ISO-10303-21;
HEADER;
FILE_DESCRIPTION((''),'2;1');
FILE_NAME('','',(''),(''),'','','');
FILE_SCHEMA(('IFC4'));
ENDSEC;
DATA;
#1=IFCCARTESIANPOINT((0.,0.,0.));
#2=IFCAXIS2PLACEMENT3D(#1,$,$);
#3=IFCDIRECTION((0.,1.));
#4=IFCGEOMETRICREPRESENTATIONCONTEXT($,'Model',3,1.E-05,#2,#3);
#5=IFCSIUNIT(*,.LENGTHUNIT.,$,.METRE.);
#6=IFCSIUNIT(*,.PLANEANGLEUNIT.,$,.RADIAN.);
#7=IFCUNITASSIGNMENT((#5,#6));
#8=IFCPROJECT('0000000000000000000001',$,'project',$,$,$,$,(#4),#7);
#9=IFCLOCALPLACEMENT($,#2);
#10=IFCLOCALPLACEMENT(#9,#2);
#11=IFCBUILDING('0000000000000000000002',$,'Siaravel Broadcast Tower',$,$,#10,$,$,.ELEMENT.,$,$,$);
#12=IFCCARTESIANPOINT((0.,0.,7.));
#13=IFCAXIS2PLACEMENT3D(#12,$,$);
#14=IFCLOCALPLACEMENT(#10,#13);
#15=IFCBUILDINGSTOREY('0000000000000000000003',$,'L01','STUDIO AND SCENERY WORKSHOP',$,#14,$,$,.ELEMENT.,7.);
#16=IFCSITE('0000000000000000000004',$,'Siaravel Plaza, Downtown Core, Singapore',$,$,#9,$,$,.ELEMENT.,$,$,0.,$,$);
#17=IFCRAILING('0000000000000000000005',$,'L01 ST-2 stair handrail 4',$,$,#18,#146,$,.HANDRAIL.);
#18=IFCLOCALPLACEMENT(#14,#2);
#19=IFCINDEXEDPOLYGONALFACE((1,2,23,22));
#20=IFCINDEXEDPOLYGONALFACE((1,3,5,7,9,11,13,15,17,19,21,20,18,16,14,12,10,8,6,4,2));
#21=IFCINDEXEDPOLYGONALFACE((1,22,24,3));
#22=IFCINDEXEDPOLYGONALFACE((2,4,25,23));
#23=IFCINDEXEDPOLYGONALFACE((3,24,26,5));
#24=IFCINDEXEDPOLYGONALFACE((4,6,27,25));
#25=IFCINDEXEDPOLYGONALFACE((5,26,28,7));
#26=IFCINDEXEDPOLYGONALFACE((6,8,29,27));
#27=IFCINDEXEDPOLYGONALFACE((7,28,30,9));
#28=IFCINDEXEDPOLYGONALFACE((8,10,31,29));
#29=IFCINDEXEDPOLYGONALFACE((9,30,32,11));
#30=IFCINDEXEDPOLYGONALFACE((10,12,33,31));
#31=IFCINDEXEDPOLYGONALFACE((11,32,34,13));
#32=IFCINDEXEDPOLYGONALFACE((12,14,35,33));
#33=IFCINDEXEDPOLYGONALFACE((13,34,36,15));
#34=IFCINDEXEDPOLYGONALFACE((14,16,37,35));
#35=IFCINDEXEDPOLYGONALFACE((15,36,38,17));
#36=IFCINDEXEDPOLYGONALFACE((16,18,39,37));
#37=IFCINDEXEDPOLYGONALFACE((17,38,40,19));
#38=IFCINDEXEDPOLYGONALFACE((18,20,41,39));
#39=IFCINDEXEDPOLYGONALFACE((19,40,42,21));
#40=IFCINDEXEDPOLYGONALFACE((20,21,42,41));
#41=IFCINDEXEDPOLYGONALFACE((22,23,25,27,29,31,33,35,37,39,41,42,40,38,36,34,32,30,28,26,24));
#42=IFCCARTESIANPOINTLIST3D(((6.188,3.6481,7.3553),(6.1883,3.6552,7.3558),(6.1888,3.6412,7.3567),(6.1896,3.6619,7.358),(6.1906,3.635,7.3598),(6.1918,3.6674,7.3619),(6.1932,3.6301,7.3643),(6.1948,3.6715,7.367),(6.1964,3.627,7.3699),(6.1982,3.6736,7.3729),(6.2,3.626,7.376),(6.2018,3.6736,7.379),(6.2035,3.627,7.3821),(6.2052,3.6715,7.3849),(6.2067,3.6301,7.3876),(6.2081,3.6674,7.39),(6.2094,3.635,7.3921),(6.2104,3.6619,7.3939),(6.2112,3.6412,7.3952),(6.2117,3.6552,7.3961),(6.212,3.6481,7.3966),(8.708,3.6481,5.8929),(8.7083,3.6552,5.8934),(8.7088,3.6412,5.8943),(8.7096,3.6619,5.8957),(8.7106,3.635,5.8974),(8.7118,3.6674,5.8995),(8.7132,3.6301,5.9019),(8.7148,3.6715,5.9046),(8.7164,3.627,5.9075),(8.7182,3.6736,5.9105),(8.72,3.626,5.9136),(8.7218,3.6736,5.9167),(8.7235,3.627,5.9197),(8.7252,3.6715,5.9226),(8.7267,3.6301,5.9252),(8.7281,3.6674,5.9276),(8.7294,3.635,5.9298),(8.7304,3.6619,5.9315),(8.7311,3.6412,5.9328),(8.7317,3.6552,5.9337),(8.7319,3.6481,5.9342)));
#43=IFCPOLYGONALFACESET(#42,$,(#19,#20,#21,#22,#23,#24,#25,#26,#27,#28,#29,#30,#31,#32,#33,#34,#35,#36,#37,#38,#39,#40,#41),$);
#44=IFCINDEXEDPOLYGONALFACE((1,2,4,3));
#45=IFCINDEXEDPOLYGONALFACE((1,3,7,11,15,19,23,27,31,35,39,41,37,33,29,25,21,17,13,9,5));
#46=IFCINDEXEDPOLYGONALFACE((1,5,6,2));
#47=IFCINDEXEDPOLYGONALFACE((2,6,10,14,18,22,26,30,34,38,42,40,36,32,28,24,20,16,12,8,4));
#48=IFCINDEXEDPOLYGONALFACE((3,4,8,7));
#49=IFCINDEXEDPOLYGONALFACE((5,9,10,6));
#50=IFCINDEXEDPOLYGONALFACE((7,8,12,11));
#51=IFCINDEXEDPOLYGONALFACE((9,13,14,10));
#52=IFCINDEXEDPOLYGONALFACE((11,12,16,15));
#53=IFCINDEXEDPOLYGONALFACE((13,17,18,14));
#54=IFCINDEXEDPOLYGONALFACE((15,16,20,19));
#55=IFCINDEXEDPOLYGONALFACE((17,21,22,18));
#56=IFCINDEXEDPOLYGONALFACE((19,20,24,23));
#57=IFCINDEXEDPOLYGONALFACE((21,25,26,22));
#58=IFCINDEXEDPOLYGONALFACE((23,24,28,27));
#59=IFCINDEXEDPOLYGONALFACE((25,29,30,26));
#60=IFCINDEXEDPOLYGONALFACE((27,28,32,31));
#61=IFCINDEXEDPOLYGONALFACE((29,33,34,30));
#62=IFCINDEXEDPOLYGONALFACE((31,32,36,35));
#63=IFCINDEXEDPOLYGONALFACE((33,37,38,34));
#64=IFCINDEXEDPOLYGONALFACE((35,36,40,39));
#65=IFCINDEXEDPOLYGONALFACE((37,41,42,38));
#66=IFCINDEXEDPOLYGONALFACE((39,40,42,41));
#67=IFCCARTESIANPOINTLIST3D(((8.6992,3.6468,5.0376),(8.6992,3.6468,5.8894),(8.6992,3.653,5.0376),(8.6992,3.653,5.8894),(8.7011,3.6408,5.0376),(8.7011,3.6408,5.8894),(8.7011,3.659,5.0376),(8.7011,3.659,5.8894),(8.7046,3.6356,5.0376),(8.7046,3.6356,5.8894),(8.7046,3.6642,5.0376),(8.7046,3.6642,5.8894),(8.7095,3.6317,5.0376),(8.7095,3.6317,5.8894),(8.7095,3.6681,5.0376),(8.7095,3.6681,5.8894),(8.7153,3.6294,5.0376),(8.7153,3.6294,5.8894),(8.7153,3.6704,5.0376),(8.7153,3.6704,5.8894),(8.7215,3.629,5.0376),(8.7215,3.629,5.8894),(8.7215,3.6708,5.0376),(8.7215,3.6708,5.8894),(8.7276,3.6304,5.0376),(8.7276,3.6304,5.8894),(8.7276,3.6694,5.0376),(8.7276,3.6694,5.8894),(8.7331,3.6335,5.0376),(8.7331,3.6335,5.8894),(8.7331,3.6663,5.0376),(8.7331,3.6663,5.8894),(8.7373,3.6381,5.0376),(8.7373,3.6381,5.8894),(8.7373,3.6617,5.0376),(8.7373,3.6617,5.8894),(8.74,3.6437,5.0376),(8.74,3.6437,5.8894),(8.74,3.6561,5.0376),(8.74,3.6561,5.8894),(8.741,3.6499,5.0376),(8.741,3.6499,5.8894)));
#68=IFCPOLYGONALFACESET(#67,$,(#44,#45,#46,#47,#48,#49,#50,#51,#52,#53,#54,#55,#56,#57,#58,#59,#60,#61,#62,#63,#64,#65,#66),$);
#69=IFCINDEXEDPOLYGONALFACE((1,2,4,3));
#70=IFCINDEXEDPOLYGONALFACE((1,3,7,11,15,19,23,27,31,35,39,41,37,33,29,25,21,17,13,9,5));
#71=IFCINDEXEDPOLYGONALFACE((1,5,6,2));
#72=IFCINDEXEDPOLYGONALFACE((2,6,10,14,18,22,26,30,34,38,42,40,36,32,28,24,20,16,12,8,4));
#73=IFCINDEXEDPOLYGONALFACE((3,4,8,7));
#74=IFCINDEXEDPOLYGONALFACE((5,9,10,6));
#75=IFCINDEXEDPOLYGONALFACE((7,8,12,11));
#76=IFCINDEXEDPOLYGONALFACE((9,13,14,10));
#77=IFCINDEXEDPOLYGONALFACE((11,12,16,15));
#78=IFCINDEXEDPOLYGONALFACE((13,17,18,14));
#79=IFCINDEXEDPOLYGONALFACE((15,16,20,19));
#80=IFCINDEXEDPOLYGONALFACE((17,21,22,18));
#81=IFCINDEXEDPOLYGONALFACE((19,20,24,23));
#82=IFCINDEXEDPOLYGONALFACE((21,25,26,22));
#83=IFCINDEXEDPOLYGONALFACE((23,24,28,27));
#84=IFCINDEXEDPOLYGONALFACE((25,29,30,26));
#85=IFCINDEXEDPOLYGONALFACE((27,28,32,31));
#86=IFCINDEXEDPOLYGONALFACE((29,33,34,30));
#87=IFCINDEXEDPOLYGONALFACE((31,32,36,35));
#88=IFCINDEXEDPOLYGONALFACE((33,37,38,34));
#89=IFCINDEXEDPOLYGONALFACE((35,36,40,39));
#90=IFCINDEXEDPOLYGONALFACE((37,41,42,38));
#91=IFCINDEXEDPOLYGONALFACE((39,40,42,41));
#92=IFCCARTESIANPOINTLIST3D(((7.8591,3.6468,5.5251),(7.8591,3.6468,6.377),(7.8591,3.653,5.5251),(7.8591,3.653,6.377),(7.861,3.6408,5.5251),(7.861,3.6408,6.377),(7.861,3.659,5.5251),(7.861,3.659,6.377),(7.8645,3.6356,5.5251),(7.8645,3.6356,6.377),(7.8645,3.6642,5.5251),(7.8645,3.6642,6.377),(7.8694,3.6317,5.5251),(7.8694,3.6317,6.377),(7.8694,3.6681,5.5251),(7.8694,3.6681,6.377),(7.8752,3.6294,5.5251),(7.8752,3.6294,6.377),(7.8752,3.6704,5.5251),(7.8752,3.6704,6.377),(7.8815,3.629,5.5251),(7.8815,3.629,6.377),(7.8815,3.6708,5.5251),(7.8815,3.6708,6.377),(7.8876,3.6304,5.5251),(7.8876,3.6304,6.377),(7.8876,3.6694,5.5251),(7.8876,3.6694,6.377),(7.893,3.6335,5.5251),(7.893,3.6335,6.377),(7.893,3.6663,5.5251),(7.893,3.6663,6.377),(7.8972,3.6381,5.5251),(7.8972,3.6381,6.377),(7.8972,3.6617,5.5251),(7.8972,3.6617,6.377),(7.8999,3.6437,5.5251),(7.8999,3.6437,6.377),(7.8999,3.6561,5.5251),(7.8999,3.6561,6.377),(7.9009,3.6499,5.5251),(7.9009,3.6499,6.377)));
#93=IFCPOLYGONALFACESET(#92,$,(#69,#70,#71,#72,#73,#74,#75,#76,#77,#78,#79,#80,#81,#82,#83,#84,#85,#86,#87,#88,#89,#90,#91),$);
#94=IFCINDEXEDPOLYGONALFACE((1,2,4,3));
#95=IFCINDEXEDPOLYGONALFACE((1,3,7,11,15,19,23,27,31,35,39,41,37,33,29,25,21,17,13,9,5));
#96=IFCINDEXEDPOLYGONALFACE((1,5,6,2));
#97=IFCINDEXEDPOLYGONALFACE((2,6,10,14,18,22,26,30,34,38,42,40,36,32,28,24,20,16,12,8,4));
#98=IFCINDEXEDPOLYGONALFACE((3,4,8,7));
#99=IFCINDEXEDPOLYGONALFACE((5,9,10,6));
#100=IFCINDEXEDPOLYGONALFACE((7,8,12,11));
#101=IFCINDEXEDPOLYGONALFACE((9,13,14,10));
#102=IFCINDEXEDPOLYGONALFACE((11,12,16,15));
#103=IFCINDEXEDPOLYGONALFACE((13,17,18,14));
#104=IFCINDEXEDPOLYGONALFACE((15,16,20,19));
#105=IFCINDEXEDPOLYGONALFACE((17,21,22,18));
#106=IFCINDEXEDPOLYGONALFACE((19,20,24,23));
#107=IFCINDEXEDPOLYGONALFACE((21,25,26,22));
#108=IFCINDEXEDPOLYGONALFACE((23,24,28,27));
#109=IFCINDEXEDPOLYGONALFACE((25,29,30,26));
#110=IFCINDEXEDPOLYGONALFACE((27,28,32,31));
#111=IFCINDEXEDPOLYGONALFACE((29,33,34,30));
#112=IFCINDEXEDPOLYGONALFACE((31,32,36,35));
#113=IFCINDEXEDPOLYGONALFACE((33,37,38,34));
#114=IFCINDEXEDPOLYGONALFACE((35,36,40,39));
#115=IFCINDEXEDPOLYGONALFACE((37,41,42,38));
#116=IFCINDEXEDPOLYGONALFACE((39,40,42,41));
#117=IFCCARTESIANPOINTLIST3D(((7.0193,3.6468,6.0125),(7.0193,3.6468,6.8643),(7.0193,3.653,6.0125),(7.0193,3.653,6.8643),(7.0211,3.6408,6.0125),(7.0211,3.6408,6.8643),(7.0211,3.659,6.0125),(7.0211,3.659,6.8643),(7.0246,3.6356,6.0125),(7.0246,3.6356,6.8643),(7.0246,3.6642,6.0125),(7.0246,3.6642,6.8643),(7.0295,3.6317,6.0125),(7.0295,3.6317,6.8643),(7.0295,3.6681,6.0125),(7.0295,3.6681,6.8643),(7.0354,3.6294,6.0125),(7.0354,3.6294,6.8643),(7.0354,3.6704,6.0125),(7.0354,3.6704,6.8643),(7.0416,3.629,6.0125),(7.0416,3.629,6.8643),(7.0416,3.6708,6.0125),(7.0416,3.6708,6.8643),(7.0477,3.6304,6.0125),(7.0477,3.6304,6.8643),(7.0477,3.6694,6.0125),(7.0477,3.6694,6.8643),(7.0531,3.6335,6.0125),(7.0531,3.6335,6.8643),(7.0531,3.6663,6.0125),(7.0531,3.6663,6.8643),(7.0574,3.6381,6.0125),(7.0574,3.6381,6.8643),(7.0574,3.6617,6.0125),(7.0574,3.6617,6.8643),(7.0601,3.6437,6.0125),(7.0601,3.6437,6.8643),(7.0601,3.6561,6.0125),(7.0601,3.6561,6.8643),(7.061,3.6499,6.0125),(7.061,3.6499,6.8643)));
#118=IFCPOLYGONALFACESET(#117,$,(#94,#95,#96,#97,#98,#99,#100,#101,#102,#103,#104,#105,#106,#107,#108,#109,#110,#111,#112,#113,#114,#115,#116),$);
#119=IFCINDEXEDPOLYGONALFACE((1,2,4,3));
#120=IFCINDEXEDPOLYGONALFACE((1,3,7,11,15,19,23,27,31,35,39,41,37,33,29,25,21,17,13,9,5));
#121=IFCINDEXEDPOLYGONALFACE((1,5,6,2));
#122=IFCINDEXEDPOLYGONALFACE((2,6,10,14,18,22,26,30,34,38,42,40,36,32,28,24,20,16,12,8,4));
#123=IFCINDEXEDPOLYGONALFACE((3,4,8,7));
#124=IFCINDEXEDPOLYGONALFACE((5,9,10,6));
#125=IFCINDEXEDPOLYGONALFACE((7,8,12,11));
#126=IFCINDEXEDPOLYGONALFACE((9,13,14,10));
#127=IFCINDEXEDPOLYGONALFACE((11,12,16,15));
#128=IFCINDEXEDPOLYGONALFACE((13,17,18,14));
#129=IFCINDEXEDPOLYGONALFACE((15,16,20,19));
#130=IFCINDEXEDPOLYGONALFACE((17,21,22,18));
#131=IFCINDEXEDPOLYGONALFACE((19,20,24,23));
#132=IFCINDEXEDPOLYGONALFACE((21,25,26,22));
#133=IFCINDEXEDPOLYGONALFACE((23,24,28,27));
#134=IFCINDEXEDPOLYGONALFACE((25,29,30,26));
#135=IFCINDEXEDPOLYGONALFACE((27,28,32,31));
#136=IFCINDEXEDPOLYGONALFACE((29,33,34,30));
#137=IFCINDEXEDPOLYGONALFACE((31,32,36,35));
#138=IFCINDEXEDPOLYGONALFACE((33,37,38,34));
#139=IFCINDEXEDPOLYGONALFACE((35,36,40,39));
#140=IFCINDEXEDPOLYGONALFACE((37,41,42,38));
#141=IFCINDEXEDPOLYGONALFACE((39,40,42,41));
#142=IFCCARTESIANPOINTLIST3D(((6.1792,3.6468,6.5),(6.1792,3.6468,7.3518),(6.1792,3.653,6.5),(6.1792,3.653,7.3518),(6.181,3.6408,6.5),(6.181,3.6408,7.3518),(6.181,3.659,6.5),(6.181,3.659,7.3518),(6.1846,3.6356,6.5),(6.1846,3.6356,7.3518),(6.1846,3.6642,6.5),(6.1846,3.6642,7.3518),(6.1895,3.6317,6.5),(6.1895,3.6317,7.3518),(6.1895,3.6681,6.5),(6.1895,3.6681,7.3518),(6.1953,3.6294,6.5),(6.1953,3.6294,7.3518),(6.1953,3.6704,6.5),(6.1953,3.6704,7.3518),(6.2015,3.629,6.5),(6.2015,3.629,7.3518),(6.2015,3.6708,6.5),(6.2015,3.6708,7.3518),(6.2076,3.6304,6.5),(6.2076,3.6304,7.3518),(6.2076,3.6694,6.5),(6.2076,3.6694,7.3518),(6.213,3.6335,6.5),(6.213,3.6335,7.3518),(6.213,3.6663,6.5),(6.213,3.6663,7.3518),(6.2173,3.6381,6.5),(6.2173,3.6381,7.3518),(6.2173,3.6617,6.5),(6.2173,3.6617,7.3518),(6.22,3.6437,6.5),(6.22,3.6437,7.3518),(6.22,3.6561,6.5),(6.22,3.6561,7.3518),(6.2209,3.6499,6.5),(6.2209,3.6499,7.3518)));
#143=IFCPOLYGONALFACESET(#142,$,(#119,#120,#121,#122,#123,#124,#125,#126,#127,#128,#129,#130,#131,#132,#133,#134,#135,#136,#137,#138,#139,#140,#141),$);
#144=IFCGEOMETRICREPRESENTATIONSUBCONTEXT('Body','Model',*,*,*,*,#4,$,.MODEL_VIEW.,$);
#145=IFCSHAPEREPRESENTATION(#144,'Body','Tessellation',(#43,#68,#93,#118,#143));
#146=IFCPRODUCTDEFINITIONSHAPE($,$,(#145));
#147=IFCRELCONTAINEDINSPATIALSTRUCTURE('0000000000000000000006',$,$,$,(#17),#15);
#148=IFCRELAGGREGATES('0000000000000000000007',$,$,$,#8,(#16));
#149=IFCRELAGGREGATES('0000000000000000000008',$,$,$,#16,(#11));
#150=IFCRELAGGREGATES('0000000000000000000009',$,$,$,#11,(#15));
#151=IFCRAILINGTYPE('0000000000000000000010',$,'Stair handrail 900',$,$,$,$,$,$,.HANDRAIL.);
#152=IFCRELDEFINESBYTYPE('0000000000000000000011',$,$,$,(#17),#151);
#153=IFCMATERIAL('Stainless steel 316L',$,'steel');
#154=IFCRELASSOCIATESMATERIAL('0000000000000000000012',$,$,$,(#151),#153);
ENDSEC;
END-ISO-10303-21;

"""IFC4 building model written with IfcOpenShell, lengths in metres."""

from ifc_helpers import new_model, si_unit, direction, frame, origin, origin_2d, place, context, subcontext, project, spatial, circle, extrude, material, type_object, element, save


model = new_model("IFC4")

# Units and contexts
model_context = context("Model", 3, precision=1e-05, world=origin(), true_north=direction((0.0, 1.0)))
body_context = subcontext(model_context, "Body", "Model", "MODEL_VIEW")
ifc_project = project(units=[si_unit("LENGTHUNIT", "METRE"), si_unit("PLANEANGLEUNIT", "RADIAN")], contexts=[model_context])

# Site, building, storey
site_placement = place(None, origin())
site = spatial("IfcSite", under=ifc_project, at=site_placement, Name="Siaravel Plaza, Downtown Core, Singapore", CompositionType="ELEMENT", RefElevation=0.0)
building_placement = place(site_placement, origin())
building = spatial("IfcBuilding", under=site, at=building_placement, Name="Siaravel Broadcast Tower", CompositionType="ELEMENT")
storey_placement = place(building_placement, frame((0.0, 0.0, 7.0)))
storey = spatial("IfcBuildingStorey", under=building, at=storey_placement, Name="L01", Description="STUDIO AND SCENERY WORKSHOP", CompositionType="ELEMENT", Elevation=7.0)

# Railing
ifc_material_1 = material(Name="Stainless steel 316L", Category="steel")
railing_type_1 = type_object("IfcRailingType", Name="Stair handrail 900", PredefinedType="HANDRAIL", material=ifc_material_1)
railing_1_placement = place(storey_placement, frame((8.72, 3.6499, 5.0376)))
element("IfcRailing", 1, at=railing_1_placement, inside=storey, type_object=railing_type_1, Name="L01 ST-2 stair handrail 4", PredefinedType="HANDRAIL", context=body_context, shape_type="SweptSolid", body=[
    extrude(circle(Radius=0.0239, at=origin_2d()), frame((0.0, 0.0, 0.876), z_axis=(-0.864913, 0.0, 0.501921), x_axis=(0.0, -1.0, 0.0)), (0.0, 0.0, 1.0), 2.9136),
    extrude(circle(Radius=0.021, at=origin_2d()), origin(), (0.0, 0.0, 1.0), 0.8518),
    extrude(circle(Radius=0.021, at=origin_2d()), frame((-0.8401, 0.0, 0.4875)), (0.0, 0.0, 1.0), 0.8518),
    extrude(circle(Radius=0.021, at=origin_2d()), frame((-1.6799, 0.0, 0.9749)), (0.0, 0.0, 1.0), 0.8518),
    extrude(circle(Radius=0.021, at=origin_2d()), frame((-2.52, 0.0, 1.4624)), (0.0, 0.0, 1.0), 0.8518),
])

save(model, "model.ifc")
